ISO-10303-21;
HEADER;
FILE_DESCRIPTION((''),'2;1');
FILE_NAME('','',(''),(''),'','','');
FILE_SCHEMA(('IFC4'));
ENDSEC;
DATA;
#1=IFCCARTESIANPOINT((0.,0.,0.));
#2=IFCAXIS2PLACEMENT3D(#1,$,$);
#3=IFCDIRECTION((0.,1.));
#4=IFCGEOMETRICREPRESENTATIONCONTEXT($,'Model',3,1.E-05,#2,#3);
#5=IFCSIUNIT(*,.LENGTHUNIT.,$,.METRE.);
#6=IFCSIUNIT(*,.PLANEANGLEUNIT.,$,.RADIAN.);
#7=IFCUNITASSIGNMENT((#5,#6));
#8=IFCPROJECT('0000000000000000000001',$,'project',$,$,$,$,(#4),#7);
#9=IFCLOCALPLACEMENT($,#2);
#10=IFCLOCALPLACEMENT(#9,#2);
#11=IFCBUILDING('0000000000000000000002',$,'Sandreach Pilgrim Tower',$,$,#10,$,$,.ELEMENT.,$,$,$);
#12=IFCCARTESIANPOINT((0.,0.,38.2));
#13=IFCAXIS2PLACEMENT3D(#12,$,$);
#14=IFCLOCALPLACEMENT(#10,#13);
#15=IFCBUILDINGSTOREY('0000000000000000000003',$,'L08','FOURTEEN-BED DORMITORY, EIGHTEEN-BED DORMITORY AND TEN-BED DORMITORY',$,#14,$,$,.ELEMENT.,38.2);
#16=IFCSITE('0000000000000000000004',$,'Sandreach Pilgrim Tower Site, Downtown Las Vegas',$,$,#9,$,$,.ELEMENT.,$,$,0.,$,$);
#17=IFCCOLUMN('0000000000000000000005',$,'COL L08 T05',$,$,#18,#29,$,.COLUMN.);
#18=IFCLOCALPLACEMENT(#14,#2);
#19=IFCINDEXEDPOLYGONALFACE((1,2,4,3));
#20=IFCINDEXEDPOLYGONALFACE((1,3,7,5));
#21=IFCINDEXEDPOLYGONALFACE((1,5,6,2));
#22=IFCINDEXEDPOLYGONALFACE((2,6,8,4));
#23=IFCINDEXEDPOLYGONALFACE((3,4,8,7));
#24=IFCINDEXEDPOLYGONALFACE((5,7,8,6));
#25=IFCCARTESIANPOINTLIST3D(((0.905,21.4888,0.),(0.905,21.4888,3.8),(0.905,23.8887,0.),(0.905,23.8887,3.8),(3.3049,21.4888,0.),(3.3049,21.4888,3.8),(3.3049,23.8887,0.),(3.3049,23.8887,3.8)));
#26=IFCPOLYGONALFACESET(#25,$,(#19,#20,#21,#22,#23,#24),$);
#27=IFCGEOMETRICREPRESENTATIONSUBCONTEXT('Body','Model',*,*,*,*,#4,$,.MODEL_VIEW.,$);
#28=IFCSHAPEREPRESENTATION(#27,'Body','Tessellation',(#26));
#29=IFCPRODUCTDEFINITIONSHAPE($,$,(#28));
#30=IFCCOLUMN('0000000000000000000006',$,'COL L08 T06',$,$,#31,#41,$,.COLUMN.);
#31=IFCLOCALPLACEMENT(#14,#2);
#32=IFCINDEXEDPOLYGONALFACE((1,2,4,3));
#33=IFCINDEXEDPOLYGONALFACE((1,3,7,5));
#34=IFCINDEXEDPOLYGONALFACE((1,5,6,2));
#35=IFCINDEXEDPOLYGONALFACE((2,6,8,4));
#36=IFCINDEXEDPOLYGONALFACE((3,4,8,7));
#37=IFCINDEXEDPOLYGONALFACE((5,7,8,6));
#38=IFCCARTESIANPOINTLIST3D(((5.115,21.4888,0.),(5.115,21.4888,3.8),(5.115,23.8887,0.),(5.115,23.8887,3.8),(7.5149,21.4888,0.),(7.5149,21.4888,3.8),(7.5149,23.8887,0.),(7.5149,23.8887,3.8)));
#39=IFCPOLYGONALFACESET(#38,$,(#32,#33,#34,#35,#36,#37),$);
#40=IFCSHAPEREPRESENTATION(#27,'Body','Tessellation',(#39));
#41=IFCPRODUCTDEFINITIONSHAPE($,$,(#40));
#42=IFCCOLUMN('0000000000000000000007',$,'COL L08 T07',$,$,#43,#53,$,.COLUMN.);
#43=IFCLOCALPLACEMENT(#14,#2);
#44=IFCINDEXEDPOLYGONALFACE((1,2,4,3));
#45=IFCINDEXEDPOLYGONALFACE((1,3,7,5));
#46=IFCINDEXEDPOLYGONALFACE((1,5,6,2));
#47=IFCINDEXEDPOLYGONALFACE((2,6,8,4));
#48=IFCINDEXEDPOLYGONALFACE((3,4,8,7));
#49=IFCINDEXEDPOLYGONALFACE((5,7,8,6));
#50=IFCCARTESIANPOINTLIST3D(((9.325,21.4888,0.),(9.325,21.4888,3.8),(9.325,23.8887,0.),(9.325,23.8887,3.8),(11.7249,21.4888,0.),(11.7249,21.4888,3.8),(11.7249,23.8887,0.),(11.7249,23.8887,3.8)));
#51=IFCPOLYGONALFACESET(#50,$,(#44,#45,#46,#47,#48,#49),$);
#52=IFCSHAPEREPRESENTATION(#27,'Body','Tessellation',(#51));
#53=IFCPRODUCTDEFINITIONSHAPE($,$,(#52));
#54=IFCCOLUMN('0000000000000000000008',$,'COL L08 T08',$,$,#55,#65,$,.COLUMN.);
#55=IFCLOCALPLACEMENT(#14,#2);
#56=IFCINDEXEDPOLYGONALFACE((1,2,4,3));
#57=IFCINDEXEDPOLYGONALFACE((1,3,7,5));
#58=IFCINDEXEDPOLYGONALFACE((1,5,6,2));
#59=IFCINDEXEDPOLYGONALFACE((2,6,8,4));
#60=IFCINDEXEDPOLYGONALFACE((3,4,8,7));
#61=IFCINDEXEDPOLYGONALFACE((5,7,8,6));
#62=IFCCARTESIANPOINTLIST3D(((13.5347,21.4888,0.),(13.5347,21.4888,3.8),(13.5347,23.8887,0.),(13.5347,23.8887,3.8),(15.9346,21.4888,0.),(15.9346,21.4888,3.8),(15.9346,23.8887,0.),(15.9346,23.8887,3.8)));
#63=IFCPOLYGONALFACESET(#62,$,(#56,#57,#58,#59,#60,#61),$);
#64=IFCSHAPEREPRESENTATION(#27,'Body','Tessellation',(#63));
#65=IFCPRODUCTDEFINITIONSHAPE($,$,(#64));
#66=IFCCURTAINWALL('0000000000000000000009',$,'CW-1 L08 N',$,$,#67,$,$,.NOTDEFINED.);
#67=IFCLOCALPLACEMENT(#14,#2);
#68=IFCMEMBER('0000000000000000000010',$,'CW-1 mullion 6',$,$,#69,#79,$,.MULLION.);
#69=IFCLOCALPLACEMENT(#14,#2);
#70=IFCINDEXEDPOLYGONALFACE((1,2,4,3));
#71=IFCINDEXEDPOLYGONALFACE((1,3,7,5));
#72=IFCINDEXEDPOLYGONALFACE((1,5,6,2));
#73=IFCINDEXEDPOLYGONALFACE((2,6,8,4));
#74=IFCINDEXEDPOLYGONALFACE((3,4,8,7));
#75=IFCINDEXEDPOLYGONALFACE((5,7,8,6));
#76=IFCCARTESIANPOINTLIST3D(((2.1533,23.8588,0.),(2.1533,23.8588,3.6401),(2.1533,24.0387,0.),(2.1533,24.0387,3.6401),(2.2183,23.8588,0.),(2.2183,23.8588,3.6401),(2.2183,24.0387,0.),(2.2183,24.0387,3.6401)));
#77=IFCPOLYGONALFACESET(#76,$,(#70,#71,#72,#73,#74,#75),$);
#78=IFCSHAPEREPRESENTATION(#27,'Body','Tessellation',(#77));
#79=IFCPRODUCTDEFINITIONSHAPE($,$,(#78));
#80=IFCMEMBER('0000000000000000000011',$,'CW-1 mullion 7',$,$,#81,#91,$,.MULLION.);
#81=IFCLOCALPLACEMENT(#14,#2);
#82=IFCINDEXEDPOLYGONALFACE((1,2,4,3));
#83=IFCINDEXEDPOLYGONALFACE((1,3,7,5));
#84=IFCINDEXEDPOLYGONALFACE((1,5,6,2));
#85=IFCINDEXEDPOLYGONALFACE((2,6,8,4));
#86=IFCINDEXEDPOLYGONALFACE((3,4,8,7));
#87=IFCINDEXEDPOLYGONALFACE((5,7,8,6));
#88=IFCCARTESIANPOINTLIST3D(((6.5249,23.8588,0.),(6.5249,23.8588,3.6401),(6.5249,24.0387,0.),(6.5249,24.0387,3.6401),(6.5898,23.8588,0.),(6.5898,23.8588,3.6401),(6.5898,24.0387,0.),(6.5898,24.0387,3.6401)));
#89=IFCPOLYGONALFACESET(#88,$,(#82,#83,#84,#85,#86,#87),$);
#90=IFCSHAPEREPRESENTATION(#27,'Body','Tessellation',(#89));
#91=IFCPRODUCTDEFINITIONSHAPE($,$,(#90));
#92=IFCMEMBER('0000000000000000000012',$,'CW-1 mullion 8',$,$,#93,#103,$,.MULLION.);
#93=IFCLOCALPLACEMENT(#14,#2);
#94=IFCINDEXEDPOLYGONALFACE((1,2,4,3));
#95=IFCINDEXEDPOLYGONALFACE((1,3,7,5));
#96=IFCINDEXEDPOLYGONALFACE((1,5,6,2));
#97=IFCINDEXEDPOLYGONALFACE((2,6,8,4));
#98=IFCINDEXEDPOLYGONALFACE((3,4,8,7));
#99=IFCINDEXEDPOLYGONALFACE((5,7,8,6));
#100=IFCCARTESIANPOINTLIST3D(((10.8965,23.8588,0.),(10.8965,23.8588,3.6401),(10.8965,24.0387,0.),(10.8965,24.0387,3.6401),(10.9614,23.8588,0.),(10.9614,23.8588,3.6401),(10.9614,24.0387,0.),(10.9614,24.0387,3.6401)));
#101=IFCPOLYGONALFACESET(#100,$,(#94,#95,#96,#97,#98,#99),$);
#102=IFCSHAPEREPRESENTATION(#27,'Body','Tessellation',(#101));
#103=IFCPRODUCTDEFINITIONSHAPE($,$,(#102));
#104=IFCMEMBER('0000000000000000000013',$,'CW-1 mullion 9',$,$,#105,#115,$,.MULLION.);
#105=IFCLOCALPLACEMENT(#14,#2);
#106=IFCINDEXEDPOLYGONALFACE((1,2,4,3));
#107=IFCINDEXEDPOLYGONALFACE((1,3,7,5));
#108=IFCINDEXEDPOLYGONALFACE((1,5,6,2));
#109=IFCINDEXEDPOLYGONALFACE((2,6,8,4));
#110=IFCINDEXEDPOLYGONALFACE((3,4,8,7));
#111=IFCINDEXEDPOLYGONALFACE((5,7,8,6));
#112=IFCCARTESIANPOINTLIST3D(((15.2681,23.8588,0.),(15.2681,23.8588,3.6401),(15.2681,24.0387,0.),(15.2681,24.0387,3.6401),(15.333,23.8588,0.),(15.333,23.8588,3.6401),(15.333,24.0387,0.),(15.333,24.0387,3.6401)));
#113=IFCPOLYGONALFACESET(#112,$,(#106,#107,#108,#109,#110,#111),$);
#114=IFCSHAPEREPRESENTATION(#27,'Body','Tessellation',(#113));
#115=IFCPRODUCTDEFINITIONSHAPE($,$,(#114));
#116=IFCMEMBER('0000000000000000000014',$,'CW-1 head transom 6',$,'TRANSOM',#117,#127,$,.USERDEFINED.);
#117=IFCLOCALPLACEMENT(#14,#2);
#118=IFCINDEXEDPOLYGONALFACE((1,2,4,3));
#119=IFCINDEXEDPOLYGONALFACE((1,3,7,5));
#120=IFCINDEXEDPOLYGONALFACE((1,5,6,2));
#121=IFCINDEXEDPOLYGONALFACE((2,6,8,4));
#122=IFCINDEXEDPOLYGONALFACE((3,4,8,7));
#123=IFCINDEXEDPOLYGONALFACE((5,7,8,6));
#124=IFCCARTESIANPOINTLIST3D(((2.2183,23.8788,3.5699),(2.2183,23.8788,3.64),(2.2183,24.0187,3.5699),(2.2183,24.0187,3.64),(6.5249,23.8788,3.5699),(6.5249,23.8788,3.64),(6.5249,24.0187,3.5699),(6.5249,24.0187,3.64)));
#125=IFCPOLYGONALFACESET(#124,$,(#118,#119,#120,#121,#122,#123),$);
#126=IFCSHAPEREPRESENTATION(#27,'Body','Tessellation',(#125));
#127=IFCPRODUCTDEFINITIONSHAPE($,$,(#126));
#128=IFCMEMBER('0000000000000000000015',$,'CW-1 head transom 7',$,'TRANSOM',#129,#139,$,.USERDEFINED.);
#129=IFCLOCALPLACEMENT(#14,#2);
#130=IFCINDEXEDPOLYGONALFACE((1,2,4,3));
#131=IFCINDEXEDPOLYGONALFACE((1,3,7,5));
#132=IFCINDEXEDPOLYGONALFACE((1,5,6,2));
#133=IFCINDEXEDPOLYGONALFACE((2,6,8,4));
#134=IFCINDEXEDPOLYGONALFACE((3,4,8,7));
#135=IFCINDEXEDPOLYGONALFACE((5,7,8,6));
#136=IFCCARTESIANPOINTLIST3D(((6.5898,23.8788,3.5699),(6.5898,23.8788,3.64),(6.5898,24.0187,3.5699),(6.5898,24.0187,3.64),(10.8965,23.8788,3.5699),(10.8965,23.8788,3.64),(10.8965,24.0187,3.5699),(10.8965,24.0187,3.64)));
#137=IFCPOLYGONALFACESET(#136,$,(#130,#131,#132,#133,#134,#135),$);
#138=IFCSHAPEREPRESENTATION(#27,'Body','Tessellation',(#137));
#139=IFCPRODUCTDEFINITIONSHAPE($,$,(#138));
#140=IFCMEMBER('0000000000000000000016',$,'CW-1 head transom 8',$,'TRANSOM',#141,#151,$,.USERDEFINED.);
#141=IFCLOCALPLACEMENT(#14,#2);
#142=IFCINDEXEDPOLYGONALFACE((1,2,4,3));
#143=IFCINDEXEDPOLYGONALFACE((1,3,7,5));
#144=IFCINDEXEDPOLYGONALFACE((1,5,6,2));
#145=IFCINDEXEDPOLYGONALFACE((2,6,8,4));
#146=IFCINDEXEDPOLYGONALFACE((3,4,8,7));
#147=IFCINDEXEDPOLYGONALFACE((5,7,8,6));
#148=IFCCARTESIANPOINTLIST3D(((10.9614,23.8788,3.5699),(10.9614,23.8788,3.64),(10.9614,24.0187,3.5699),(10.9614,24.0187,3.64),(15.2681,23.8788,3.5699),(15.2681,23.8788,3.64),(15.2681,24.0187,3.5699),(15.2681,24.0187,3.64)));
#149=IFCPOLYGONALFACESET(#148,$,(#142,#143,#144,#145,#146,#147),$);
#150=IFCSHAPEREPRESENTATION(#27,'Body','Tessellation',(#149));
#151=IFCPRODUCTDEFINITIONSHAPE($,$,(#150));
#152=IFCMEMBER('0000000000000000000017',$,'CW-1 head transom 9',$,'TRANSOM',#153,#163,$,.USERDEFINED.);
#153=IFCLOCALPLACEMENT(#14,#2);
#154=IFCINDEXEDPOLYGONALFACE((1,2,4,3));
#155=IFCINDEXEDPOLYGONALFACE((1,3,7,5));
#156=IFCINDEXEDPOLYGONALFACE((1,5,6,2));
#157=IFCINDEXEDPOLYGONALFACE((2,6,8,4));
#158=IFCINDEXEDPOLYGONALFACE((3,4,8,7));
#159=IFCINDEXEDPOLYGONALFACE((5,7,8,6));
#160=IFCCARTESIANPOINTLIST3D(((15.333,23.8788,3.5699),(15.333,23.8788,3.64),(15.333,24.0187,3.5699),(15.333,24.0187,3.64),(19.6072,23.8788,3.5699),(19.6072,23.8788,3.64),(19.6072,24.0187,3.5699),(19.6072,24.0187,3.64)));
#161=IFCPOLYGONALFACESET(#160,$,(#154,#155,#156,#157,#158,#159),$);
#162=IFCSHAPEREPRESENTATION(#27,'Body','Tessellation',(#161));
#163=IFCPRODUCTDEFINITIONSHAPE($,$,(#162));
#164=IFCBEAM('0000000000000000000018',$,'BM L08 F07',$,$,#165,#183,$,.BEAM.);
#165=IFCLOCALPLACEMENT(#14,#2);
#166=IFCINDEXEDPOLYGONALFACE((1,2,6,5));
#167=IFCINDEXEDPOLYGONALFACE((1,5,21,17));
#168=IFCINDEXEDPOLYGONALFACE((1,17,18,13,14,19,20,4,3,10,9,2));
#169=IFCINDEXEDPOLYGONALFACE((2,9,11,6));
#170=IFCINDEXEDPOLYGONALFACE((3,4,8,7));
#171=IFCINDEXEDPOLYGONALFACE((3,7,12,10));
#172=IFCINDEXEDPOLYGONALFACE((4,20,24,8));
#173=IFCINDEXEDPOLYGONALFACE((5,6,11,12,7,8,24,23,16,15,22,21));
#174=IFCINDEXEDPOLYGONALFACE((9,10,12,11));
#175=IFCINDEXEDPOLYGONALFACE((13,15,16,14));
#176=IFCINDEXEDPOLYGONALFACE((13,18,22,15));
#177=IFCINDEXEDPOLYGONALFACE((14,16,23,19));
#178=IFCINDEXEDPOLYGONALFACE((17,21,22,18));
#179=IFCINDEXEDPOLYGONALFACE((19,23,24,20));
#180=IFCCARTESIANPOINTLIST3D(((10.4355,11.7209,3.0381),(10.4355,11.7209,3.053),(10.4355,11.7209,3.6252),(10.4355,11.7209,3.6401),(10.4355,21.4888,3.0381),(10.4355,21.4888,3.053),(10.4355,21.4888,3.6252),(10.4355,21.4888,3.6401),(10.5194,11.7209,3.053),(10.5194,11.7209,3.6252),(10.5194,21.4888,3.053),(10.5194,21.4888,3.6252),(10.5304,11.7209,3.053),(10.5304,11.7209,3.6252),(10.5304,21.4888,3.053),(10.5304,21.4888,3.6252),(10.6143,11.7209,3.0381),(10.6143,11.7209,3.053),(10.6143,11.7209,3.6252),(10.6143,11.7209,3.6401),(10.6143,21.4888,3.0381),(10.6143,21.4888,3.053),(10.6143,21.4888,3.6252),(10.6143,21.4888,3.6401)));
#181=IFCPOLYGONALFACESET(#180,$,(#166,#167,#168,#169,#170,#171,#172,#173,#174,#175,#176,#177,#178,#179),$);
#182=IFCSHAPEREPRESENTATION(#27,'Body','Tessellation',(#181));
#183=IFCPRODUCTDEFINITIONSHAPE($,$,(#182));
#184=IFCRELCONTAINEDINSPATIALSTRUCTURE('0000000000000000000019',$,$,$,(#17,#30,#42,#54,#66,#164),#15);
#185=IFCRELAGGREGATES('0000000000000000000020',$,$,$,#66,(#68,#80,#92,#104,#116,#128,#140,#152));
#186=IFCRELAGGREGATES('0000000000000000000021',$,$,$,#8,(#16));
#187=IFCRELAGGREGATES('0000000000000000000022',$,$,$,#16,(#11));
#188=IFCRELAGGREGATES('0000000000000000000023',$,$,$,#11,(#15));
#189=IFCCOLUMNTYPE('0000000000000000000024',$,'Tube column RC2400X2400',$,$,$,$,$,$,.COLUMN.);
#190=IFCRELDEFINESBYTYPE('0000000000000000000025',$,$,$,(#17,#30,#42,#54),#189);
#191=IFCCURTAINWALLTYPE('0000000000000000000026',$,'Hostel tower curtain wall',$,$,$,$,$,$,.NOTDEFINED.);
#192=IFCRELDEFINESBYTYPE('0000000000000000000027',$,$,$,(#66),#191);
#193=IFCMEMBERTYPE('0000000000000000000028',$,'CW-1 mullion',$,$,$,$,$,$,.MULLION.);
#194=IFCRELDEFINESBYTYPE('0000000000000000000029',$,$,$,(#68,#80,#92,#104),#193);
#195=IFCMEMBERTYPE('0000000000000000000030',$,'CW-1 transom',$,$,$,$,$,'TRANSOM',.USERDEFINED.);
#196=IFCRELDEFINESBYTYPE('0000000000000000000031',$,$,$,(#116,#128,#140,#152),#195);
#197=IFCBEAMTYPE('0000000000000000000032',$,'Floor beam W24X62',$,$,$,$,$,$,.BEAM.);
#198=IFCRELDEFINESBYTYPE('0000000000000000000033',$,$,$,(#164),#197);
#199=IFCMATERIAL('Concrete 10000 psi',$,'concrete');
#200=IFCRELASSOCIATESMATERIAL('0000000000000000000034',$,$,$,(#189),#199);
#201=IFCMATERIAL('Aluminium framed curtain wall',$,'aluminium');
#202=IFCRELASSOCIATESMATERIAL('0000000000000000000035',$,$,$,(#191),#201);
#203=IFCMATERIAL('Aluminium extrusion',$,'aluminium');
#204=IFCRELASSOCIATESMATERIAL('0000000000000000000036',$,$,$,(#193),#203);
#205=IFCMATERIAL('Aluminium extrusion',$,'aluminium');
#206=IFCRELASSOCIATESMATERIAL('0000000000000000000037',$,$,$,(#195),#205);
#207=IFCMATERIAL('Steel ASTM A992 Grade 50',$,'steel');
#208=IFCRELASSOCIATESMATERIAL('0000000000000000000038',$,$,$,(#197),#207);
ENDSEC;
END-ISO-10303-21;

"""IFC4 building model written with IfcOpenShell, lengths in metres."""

from ifc_helpers import new_model, si_unit, direction, frame, origin, origin_2d, place, context, subcontext, project, spatial, rectangle, i_section, extrude, material, material_profile, profile_set, type_object, element, aggregate, save


model = new_model("IFC4")

# Units and contexts
model_context = context("Model", 3, precision=1e-05, world=origin(), true_north=direction((0.0, 1.0)))
body_context = subcontext(model_context, "Body", "Model", "MODEL_VIEW")
ifc_project = project(units=[si_unit("LENGTHUNIT", "METRE"), si_unit("PLANEANGLEUNIT", "RADIAN")], contexts=[model_context])

# Site, building, storey
site_placement = place(None, origin())
site = spatial("IfcSite", under=ifc_project, at=site_placement, Name="Sandreach Pilgrim Tower Site, Downtown Las Vegas", CompositionType="ELEMENT", RefElevation=0.0)
building_placement = place(site_placement, origin())
building = spatial("IfcBuilding", under=site, at=building_placement, Name="Sandreach Pilgrim Tower", CompositionType="ELEMENT")
storey_placement = place(building_placement, frame((0.0, 0.0, 38.2)))
storey = spatial("IfcBuildingStorey", under=building, at=storey_placement, Name="L08", Description="FOURTEEN-BED DORMITORY, EIGHTEEN-BED DORMITORY AND TEN-BED DORMITORY", CompositionType="ELEMENT", Elevation=38.2)

# Columns
ifc_material_1 = material(Name="Concrete 10000 psi", Category="concrete")
ifc_material_profile_1 = material_profile(ifc_material_1, rectangle(XDim=2.3999, YDim=2.3999, at=origin_2d()), Name="RC2400X2400")
ifc_profile_set_1 = profile_set([ifc_material_profile_1], Name="Concrete 10000 psi")
column_type = type_object("IfcColumnType", Name="Tube column RC2400X2400", PredefinedType="COLUMN", material=ifc_profile_set_1)
for number, where, z_axis, x_axis, name in (
    (1, (2.105, 22.6887, 0.0), (0.0, 0.0, 1.0), (0.0, 1.0, 0.0), "COL L08 T05"),
    (2, (6.3149, 22.6887, 0.0), (0.0, 0.0, 1.0), (0.0, 1.0, 0.0), "COL L08 T06"),
    (3, (10.5249, 22.6887, 0.0), (0.0, 0.0, 1.0), (0.0, 1.0, 0.0), "COL L08 T07"),
    (4, (14.7346, 22.6887, 0.0), (0.0, 0.0, 1.0), (0.0, 1.0, 0.0), "COL L08 T08"),
):
    element("IfcColumn", number, at=place(storey_placement, frame(where, z_axis=z_axis, x_axis=x_axis)), inside=storey, type_object=column_type, Name=name, PredefinedType="COLUMN", context=body_context, shape_type="SweptSolid", body=[
        extrude(rectangle(XDim=2.3999, YDim=2.3999, at=origin_2d()), origin(), (0.0, 0.0, 1.0), 3.8),
    ])

# Curtain wall, members
ifc_material_2 = material(Name="Aluminium framed curtain wall", Category="aluminium")
curtain_wall_type = type_object("IfcCurtainWallType", Name="Hostel tower curtain wall", PredefinedType="NOTDEFINED", material=ifc_material_2)
curtain_wall_placement = place(storey_placement, origin())
curtain_wall = element("IfcCurtainWall", 5, at=curtain_wall_placement, inside=storey, type_object=curtain_wall_type, Name="CW-1 L08 N", PredefinedType="NOTDEFINED")
ifc_material_3 = material(Name="Aluminium extrusion", Category="aluminium")
ifc_material_profile_2 = material_profile(ifc_material_3, rectangle(XDim=0.0649, YDim=0.1799, at=origin_2d()), Name="CW-1M 65X180")
ifc_profile_set_2 = profile_set([ifc_material_profile_2], Name="Aluminium extrusion")
member_type_1 = type_object("IfcMemberType", Name="CW-1 mullion", PredefinedType="MULLION", material=ifc_profile_set_2)
member_1_placement = place(storey_placement, frame((2.1858, 23.9487, 0.0), z_axis=(0.0, 0.0, 1.0), x_axis=(1.0, 0.0, 0.0)))
member_1 = element("IfcMember", 6, at=member_1_placement, type_object=member_type_1, Name="CW-1 mullion 6", PredefinedType="MULLION", context=body_context, shape_type="SweptSolid", body=[
    extrude(rectangle(XDim=0.0649, YDim=0.1799, at=origin_2d()), origin(), (0.0, 0.0, 1.0), 3.6401),
])
member_2_placement = place(storey_placement, frame((6.5574, 23.9487, 0.0), z_axis=(0.0, 0.0, 1.0), x_axis=(1.0, 0.0, 0.0)))
member_2 = element("IfcMember", 7, at=member_2_placement, type_object=member_type_1, Name="CW-1 mullion 7", PredefinedType="MULLION", context=body_context, shape_type="SweptSolid", body=[
    extrude(rectangle(XDim=0.0649, YDim=0.1799, at=origin_2d()), origin(), (0.0, 0.0, 1.0), 3.6401),
])
member_3_placement = place(storey_placement, frame((10.929, 23.9487, 0.0), z_axis=(0.0, 0.0, 1.0), x_axis=(1.0, 0.0, 0.0)))
member_3 = element("IfcMember", 8, at=member_3_placement, type_object=member_type_1, Name="CW-1 mullion 8", PredefinedType="MULLION", context=body_context, shape_type="SweptSolid", body=[
    extrude(rectangle(XDim=0.0649, YDim=0.1799, at=origin_2d()), origin(), (0.0, 0.0, 1.0), 3.6401),
])
member_4_placement = place(storey_placement, frame((15.3005, 23.9487, 0.0), z_axis=(0.0, 0.0, 1.0), x_axis=(1.0, 0.0, 0.0)))
member_4 = element("IfcMember", 9, at=member_4_placement, type_object=member_type_1, Name="CW-1 mullion 9", PredefinedType="MULLION", context=body_context, shape_type="SweptSolid", body=[
    extrude(rectangle(XDim=0.0649, YDim=0.1799, at=origin_2d()), origin(), (0.0, 0.0, 1.0), 3.6401),
])
ifc_material_4 = material(Name="Aluminium extrusion", Category="aluminium")
ifc_material_profile_3 = material_profile(ifc_material_4, rectangle(XDim=0.1399, YDim=0.0701, at=origin_2d()), Name="CW-1T 140X70")
ifc_profile_set_3 = profile_set([ifc_material_profile_3], Name="Aluminium extrusion")
member_type_2 = type_object("IfcMemberType", Name="CW-1 transom", ElementType="TRANSOM", PredefinedType="USERDEFINED", material=ifc_profile_set_3)
member_5_placement = place(storey_placement, frame((2.2183, 23.9487, 3.605), z_axis=(1.0, 0.0, 0.0), x_axis=(0.0, 1.0, 0.0)))
member_5 = element("IfcMember", 10, at=member_5_placement, type_object=member_type_2, Name="CW-1 head transom 6", ObjectType="TRANSOM", PredefinedType="USERDEFINED", context=body_context, shape_type="SweptSolid", body=[
    extrude(rectangle(XDim=0.1399, YDim=0.0701, at=origin_2d()), origin(), (0.0, 0.0, 1.0), 4.3066),
])
member_6_placement = place(storey_placement, frame((6.5898, 23.9487, 3.605), z_axis=(1.0, 0.0, 0.0), x_axis=(0.0, 1.0, 0.0)))
member_6 = element("IfcMember", 11, at=member_6_placement, type_object=member_type_2, Name="CW-1 head transom 7", ObjectType="TRANSOM", PredefinedType="USERDEFINED", context=body_context, shape_type="SweptSolid", body=[
    extrude(rectangle(XDim=0.1399, YDim=0.0701, at=origin_2d()), origin(), (0.0, 0.0, 1.0), 4.3066),
])
member_7_placement = place(storey_placement, frame((10.9614, 23.9487, 3.605), z_axis=(1.0, 0.0, 0.0), x_axis=(0.0, 1.0, 0.0)))
member_7 = element("IfcMember", 12, at=member_7_placement, type_object=member_type_2, Name="CW-1 head transom 8", ObjectType="TRANSOM", PredefinedType="USERDEFINED", context=body_context, shape_type="SweptSolid", body=[
    extrude(rectangle(XDim=0.1399, YDim=0.0701, at=origin_2d()), origin(), (0.0, 0.0, 1.0), 4.3066),
])
member_8_placement = place(storey_placement, frame((15.333, 23.9487, 3.605), z_axis=(1.0, 0.0, 0.0), x_axis=(0.0, 1.0, 0.0)))
member_8 = element("IfcMember", 13, at=member_8_placement, type_object=member_type_2, Name="CW-1 head transom 9", ObjectType="TRANSOM", PredefinedType="USERDEFINED", context=body_context, shape_type="SweptSolid", body=[
    extrude(rectangle(XDim=0.1399, YDim=0.0701, at=origin_2d()), origin(), (0.0, 0.0, 1.0), 4.2742),
])

# Beam
ifc_material_5 = material(Name="Steel ASTM A992 Grade 50", Category="steel")
ifc_material_profile_4 = material_profile(ifc_material_5, i_section(OverallWidth=0.1787, OverallDepth=0.6021, WebThickness=0.011, FlangeThickness=0.0149, at=origin_2d()), Name="W24X62")
ifc_profile_set_4 = profile_set([ifc_material_profile_4], Name="Steel ASTM A992 Grade 50")
beam_type_1 = type_object("IfcBeamType", Name="Floor beam W24X62", PredefinedType="BEAM", material=ifc_profile_set_4)
beam_1_placement = place(storey_placement, frame((10.5249, 21.4888, 3.3391), z_axis=(0.0, -1.0, 0.0), x_axis=(1.0, 0.0, 0.0)))
element("IfcBeam", 14, at=beam_1_placement, inside=storey, type_object=beam_type_1, Name="BM L08 F07", PredefinedType="BEAM", context=body_context, shape_type="SweptSolid", body=[
    extrude(i_section(OverallWidth=0.1787, OverallDepth=0.6021, WebThickness=0.011, FlangeThickness=0.0149, at=origin_2d()), origin(), (0.0, 0.0, 1.0), 9.7678),
])

aggregate(curtain_wall, [member_1, member_2, member_3, member_4, member_5, member_6, member_7, member_8])

save(model, "model.ifc")
